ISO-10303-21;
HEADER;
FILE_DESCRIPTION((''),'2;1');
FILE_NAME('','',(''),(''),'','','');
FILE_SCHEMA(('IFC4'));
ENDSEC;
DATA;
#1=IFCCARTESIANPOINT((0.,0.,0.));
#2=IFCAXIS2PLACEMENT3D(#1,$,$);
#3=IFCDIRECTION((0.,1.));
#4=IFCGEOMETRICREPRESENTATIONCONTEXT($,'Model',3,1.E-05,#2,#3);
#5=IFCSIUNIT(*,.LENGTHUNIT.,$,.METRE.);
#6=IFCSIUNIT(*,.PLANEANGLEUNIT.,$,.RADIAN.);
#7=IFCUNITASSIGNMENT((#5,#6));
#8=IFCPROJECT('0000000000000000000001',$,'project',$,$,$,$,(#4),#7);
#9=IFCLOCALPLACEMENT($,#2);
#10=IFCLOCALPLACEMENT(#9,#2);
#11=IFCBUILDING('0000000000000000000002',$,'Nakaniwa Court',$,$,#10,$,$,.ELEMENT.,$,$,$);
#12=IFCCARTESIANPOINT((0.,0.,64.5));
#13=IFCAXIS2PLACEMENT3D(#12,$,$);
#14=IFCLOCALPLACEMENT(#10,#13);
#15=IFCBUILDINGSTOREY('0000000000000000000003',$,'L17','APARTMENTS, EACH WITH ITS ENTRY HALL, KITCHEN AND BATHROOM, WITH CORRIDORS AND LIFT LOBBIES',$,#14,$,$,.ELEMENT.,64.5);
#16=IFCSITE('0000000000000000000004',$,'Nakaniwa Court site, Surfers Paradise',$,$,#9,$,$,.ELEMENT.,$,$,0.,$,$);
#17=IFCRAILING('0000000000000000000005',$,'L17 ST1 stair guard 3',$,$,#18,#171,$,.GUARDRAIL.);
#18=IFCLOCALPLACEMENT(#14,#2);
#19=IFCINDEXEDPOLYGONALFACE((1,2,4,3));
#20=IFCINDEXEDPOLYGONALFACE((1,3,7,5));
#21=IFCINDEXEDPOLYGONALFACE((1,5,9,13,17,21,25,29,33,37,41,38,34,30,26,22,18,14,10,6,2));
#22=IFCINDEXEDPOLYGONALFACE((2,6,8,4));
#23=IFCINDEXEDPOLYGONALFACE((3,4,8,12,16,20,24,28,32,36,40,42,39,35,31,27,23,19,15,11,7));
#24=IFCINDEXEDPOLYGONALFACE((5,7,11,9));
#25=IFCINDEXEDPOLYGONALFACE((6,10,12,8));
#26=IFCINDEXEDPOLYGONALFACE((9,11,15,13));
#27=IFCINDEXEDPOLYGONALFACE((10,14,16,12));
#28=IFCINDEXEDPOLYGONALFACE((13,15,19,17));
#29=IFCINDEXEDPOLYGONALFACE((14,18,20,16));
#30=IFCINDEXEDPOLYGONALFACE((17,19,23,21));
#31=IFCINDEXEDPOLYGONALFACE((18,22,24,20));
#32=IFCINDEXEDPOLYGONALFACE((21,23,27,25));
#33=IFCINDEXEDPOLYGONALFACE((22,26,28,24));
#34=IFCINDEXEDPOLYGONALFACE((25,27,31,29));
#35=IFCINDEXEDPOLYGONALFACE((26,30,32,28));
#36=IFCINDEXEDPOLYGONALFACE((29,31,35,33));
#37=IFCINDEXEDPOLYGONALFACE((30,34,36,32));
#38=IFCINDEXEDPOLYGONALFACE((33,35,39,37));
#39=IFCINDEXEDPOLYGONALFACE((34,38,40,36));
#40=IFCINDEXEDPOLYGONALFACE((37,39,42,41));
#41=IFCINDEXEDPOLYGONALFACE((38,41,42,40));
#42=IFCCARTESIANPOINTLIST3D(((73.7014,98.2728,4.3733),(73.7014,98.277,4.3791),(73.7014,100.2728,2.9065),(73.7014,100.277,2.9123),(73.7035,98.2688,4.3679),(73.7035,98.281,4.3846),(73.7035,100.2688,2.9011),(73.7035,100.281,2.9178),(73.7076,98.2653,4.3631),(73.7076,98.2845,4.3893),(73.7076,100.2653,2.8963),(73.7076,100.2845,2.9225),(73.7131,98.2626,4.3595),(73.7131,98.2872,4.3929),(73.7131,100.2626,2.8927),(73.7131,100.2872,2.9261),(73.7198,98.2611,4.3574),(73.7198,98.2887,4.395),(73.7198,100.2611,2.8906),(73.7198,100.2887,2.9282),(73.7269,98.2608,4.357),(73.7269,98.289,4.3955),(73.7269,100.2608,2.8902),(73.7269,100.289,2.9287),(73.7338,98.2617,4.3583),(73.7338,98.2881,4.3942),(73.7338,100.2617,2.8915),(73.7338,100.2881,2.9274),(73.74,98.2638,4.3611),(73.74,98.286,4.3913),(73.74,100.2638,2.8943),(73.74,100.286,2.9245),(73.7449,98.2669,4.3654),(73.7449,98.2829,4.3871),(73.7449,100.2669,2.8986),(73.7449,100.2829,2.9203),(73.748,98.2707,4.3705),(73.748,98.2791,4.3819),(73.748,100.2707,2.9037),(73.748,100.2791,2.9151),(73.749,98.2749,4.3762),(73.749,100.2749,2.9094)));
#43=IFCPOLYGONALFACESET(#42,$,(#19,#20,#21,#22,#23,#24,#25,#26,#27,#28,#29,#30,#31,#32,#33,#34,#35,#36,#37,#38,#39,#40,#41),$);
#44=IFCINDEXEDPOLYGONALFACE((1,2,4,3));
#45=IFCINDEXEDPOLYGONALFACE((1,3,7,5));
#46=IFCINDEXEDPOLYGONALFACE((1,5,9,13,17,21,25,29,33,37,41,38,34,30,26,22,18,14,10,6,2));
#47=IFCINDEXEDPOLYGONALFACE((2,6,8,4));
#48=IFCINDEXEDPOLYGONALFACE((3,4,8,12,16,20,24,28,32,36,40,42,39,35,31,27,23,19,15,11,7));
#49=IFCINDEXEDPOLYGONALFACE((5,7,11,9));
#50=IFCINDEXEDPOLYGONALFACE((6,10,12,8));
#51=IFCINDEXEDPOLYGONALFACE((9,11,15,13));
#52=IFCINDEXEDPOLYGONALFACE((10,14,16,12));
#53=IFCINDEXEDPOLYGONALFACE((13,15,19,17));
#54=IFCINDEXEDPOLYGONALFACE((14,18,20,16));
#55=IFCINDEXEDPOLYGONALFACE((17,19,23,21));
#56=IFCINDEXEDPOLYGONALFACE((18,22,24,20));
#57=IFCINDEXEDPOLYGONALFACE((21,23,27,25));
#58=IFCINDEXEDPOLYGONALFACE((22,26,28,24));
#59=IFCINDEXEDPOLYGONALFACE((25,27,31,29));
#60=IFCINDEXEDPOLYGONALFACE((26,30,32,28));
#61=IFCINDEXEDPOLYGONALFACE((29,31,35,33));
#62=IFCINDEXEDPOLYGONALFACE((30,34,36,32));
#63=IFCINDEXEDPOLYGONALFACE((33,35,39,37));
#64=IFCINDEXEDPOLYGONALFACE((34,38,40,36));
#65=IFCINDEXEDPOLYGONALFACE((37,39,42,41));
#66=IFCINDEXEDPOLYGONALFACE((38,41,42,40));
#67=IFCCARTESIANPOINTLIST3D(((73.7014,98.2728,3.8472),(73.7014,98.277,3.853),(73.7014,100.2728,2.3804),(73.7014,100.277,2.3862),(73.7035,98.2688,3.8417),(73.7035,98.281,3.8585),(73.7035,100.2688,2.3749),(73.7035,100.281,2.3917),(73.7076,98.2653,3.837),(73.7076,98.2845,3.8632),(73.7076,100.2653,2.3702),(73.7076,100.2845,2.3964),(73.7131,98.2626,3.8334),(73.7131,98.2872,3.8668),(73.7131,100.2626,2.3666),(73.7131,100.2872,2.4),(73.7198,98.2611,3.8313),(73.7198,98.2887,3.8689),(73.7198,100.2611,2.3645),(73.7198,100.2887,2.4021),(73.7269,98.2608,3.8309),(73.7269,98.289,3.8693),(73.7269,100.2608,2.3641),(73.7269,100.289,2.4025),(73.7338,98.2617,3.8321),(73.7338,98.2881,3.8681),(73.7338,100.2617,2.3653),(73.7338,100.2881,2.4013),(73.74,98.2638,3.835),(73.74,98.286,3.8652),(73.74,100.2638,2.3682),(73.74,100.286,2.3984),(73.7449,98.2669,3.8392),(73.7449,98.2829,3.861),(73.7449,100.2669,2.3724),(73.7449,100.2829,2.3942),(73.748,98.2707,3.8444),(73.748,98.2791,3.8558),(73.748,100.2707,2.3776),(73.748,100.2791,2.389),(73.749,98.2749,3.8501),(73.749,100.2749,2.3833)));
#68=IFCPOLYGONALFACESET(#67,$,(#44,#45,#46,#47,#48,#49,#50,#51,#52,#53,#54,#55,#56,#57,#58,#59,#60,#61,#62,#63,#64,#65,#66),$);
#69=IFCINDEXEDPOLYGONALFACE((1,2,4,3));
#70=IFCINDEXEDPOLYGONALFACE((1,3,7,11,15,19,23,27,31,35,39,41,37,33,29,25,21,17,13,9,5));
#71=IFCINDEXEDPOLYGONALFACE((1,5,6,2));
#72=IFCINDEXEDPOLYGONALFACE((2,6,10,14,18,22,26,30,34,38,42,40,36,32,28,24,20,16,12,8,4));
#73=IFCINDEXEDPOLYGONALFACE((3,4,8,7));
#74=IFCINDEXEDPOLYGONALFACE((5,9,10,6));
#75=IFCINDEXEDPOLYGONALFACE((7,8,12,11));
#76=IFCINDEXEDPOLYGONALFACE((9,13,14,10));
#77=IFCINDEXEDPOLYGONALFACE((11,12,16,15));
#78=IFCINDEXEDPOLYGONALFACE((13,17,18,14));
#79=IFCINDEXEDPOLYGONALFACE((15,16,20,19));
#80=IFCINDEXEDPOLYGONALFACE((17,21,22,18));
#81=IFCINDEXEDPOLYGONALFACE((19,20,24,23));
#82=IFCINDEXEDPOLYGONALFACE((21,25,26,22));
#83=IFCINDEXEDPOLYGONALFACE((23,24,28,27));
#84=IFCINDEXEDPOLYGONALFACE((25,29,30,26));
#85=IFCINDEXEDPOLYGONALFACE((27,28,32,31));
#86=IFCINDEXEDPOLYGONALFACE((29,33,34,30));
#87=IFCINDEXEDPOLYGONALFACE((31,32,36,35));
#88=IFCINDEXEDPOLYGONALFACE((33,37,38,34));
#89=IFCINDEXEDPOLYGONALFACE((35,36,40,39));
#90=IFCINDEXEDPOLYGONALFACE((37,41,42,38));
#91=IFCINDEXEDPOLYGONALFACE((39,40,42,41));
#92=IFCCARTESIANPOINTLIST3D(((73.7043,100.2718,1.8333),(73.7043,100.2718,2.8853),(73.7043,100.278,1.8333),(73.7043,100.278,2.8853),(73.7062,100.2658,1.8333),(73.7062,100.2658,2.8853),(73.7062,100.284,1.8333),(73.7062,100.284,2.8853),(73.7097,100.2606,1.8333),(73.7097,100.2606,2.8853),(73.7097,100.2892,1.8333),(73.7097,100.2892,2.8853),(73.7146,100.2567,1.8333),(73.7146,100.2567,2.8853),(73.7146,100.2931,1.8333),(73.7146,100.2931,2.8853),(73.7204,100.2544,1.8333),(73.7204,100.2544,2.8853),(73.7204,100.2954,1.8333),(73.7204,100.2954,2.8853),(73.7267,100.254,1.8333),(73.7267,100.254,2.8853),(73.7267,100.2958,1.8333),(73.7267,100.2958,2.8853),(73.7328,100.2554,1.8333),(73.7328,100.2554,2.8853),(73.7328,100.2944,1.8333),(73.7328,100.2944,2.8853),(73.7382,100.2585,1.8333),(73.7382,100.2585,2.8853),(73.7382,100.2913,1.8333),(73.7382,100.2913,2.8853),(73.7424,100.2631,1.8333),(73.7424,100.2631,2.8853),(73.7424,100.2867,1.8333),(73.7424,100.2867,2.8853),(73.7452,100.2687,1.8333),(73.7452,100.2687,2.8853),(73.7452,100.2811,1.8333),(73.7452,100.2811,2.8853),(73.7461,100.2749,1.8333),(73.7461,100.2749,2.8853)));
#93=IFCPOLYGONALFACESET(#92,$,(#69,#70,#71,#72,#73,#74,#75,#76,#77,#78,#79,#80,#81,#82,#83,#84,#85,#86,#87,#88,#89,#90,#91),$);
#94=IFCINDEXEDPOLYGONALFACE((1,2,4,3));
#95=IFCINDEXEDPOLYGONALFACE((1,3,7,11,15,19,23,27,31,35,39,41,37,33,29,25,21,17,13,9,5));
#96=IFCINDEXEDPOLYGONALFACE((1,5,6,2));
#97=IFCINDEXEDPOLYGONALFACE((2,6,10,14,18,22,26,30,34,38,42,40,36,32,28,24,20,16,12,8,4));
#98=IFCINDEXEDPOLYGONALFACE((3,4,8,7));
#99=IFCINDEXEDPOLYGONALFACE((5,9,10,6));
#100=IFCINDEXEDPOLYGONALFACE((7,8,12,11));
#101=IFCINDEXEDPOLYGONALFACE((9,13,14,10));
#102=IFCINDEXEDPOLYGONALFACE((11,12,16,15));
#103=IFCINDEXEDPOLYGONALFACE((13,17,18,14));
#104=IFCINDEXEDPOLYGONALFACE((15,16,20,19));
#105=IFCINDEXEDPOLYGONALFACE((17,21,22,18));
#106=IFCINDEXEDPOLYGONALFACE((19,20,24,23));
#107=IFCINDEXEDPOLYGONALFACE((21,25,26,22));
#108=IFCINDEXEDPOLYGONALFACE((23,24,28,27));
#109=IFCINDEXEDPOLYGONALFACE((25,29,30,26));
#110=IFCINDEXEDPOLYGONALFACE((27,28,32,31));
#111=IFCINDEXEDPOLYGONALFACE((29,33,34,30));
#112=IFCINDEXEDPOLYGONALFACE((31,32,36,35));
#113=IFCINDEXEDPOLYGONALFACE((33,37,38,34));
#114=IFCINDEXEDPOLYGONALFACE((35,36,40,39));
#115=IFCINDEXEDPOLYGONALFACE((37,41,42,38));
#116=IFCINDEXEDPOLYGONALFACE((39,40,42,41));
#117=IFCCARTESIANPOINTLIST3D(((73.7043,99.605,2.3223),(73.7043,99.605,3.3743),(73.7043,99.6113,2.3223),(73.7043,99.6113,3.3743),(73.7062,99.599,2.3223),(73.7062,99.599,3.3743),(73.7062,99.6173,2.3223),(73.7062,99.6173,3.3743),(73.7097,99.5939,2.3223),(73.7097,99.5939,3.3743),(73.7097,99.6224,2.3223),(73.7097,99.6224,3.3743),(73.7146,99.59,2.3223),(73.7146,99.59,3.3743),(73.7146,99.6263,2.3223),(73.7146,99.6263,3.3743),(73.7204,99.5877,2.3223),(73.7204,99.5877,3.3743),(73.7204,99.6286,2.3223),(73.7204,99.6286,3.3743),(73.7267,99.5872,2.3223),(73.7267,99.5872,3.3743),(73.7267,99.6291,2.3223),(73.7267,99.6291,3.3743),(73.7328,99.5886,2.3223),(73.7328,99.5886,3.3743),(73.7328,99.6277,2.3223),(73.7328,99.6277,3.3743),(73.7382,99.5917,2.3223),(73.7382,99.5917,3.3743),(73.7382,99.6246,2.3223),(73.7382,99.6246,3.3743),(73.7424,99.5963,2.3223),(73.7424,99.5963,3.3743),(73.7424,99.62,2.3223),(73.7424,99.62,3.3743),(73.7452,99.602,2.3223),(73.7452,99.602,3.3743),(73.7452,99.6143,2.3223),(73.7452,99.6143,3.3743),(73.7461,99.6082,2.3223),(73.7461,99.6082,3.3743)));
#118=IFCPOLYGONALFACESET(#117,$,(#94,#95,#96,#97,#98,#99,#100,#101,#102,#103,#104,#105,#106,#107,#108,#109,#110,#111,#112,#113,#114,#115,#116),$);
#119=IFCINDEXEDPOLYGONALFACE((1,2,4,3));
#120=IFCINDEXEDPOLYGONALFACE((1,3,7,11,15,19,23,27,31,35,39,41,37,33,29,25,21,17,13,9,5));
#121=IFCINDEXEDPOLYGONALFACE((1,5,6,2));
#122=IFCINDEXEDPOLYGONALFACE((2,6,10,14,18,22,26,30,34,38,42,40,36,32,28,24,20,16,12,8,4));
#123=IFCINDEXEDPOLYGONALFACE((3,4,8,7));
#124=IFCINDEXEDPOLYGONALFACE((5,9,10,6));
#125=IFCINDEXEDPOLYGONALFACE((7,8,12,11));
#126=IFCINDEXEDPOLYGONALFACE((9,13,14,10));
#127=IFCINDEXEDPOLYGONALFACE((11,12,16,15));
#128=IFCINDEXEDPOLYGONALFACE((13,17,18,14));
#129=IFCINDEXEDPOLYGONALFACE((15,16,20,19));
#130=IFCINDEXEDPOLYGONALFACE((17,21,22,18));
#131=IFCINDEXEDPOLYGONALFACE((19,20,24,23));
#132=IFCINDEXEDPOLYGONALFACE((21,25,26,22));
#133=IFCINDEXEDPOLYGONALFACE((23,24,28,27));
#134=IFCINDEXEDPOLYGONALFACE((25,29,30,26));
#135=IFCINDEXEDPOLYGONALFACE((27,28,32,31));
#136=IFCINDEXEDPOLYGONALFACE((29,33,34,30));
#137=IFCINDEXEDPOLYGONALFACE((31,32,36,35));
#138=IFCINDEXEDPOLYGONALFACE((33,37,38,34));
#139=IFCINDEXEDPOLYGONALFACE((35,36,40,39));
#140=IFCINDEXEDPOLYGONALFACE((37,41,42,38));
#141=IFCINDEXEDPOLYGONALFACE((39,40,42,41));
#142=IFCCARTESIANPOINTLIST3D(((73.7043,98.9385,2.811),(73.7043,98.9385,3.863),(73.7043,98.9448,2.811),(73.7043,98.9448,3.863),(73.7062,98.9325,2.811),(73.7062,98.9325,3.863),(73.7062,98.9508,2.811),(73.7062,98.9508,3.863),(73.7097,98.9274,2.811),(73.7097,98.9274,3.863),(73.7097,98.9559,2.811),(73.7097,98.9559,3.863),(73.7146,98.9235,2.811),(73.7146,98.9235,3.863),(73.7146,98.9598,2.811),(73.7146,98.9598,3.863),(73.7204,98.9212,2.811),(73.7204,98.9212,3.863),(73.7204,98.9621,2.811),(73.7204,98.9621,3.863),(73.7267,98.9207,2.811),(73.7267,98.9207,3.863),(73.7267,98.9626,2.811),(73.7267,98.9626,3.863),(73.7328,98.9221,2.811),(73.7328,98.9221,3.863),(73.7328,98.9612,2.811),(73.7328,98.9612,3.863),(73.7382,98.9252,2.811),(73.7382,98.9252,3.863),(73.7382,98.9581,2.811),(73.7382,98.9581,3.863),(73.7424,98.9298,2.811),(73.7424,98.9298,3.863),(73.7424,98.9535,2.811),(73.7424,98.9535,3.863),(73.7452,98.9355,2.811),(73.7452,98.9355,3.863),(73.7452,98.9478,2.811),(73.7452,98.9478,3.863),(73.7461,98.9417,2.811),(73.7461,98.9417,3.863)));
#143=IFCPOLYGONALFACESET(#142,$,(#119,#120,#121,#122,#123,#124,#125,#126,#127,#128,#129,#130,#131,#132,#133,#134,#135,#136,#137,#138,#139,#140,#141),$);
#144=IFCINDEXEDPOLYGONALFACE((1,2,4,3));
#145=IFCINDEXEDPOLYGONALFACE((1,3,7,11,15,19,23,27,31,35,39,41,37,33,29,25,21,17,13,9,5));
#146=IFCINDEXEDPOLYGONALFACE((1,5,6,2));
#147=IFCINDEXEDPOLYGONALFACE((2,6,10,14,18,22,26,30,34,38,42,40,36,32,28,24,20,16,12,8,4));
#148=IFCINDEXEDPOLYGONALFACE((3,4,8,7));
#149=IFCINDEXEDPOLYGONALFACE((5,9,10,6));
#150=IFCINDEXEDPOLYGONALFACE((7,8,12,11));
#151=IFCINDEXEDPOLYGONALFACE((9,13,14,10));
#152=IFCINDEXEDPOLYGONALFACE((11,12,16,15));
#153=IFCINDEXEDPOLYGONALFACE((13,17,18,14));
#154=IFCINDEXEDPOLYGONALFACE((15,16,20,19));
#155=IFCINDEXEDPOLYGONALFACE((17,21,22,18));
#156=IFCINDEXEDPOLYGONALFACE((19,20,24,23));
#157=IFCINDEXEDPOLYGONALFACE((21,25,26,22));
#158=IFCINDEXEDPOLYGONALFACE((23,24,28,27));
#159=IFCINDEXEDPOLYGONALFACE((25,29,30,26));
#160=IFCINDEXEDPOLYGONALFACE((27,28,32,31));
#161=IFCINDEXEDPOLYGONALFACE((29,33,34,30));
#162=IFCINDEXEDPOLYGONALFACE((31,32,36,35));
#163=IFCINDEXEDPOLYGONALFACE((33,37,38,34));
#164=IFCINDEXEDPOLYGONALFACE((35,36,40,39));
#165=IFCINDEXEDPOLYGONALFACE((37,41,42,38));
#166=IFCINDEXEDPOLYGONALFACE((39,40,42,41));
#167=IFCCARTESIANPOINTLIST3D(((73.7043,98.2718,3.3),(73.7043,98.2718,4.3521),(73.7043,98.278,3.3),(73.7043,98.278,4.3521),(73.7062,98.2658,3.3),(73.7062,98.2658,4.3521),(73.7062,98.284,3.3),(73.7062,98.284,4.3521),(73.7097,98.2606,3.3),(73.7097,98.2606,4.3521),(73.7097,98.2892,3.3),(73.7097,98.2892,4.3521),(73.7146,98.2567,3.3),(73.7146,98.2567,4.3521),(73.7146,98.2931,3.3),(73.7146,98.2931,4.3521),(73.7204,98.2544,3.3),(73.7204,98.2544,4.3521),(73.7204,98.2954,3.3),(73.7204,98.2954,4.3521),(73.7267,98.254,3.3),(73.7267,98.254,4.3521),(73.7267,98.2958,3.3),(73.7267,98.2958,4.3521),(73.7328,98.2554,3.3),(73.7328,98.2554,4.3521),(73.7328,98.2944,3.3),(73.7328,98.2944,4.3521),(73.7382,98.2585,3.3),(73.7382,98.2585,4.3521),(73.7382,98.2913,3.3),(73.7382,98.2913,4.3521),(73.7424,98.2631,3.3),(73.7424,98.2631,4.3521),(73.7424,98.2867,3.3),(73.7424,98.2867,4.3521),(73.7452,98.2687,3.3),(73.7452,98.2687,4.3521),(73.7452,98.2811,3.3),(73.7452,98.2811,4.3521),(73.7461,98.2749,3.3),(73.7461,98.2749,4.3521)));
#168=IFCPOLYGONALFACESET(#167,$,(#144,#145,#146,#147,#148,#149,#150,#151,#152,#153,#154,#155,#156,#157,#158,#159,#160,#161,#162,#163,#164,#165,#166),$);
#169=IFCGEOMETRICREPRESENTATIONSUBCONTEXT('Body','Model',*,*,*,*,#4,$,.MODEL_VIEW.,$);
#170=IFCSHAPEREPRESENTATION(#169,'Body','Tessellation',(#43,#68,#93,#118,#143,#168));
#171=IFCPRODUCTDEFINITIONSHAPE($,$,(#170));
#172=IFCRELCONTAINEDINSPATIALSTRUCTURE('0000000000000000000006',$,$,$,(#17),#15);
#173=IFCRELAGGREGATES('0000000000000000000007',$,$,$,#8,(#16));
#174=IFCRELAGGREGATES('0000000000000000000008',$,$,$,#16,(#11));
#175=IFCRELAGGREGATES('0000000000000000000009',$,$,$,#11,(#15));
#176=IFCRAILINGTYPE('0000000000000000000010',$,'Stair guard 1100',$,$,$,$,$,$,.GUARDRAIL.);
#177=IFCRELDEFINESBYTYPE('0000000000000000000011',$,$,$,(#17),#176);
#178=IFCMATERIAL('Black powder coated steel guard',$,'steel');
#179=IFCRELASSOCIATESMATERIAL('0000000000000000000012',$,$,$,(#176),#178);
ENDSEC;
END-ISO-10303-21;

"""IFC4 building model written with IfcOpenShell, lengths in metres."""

from ifc_helpers import new_model, si_unit, direction, frame, origin, origin_2d, place, context, subcontext, project, spatial, circle, extrude, material, type_object, element, save


model = new_model("IFC4")

# Units and contexts
model_context = context("Model", 3, precision=1e-05, world=origin(), true_north=direction((0.0, 1.0)))
body_context = subcontext(model_context, "Body", "Model", "MODEL_VIEW")
ifc_project = project(units=[si_unit("LENGTHUNIT", "METRE"), si_unit("PLANEANGLEUNIT", "RADIAN")], contexts=[model_context])

# Site, building, storey
site_placement = place(None, origin())
site = spatial("IfcSite", under=ifc_project, at=site_placement, Name="Nakaniwa Court site, Surfers Paradise", CompositionType="ELEMENT", RefElevation=0.0)
building_placement = place(site_placement, origin())
building = spatial("IfcBuilding", under=site, at=building_placement, Name="Nakaniwa Court", CompositionType="ELEMENT")
storey_placement = place(building_placement, frame((0.0, 0.0, 64.5)))
storey = spatial("IfcBuildingStorey", under=building, at=storey_placement, Name="L17", Description="APARTMENTS, EACH WITH ITS ENTRY HALL, KITCHEN AND BATHROOM, WITH CORRIDORS AND LIFT LOBBIES", CompositionType="ELEMENT", Elevation=64.5)

# Railing
ifc_material_1 = material(Name="Black powder coated steel guard", Category="steel")
railing_type_1 = type_object("IfcRailingType", Name="Stair guard 1100", PredefinedType="GUARDRAIL", material=ifc_material_1)
railing_1_placement = place(storey_placement, frame((73.7251, 100.2749, 1.8333)))
element("IfcRailing", 1, at=railing_1_placement, inside=storey, type_object=railing_type_1, Name="L17 ST1 stair guard 3", PredefinedType="GUARDRAIL", context=body_context, shape_type="SweptSolid", body=[
    extrude(circle(Radius=0.0239, at=origin_2d()), frame((0.0, 0.0, 1.0762), z_axis=(0.0, -0.80638, 0.591398), x_axis=(1.0, 0.0, 0.0)), (0.0, 0.0, 1.0), 2.4802),
    extrude(circle(Radius=0.0239, at=origin_2d()), frame((0.0, 0.0, 0.55), z_axis=(0.0, -0.80638, 0.591398), x_axis=(1.0, 0.0, 0.0)), (0.0, 0.0, 1.0), 2.4802),
    extrude(circle(Radius=0.021, at=origin_2d()), origin(), (0.0, 0.0, 1.0), 1.052),
    extrude(circle(Radius=0.021, at=origin_2d()), frame((0.0, -0.6667, 0.489)), (0.0, 0.0, 1.0), 1.052),
    extrude(circle(Radius=0.021, at=origin_2d()), frame((0.0, -1.3333, 0.9778)), (0.0, 0.0, 1.0), 1.052),
    extrude(circle(Radius=0.021, at=origin_2d()), frame((0.0, -2.0, 1.4668)), (0.0, 0.0, 1.0), 1.052),
])

save(model, "model.ifc")
